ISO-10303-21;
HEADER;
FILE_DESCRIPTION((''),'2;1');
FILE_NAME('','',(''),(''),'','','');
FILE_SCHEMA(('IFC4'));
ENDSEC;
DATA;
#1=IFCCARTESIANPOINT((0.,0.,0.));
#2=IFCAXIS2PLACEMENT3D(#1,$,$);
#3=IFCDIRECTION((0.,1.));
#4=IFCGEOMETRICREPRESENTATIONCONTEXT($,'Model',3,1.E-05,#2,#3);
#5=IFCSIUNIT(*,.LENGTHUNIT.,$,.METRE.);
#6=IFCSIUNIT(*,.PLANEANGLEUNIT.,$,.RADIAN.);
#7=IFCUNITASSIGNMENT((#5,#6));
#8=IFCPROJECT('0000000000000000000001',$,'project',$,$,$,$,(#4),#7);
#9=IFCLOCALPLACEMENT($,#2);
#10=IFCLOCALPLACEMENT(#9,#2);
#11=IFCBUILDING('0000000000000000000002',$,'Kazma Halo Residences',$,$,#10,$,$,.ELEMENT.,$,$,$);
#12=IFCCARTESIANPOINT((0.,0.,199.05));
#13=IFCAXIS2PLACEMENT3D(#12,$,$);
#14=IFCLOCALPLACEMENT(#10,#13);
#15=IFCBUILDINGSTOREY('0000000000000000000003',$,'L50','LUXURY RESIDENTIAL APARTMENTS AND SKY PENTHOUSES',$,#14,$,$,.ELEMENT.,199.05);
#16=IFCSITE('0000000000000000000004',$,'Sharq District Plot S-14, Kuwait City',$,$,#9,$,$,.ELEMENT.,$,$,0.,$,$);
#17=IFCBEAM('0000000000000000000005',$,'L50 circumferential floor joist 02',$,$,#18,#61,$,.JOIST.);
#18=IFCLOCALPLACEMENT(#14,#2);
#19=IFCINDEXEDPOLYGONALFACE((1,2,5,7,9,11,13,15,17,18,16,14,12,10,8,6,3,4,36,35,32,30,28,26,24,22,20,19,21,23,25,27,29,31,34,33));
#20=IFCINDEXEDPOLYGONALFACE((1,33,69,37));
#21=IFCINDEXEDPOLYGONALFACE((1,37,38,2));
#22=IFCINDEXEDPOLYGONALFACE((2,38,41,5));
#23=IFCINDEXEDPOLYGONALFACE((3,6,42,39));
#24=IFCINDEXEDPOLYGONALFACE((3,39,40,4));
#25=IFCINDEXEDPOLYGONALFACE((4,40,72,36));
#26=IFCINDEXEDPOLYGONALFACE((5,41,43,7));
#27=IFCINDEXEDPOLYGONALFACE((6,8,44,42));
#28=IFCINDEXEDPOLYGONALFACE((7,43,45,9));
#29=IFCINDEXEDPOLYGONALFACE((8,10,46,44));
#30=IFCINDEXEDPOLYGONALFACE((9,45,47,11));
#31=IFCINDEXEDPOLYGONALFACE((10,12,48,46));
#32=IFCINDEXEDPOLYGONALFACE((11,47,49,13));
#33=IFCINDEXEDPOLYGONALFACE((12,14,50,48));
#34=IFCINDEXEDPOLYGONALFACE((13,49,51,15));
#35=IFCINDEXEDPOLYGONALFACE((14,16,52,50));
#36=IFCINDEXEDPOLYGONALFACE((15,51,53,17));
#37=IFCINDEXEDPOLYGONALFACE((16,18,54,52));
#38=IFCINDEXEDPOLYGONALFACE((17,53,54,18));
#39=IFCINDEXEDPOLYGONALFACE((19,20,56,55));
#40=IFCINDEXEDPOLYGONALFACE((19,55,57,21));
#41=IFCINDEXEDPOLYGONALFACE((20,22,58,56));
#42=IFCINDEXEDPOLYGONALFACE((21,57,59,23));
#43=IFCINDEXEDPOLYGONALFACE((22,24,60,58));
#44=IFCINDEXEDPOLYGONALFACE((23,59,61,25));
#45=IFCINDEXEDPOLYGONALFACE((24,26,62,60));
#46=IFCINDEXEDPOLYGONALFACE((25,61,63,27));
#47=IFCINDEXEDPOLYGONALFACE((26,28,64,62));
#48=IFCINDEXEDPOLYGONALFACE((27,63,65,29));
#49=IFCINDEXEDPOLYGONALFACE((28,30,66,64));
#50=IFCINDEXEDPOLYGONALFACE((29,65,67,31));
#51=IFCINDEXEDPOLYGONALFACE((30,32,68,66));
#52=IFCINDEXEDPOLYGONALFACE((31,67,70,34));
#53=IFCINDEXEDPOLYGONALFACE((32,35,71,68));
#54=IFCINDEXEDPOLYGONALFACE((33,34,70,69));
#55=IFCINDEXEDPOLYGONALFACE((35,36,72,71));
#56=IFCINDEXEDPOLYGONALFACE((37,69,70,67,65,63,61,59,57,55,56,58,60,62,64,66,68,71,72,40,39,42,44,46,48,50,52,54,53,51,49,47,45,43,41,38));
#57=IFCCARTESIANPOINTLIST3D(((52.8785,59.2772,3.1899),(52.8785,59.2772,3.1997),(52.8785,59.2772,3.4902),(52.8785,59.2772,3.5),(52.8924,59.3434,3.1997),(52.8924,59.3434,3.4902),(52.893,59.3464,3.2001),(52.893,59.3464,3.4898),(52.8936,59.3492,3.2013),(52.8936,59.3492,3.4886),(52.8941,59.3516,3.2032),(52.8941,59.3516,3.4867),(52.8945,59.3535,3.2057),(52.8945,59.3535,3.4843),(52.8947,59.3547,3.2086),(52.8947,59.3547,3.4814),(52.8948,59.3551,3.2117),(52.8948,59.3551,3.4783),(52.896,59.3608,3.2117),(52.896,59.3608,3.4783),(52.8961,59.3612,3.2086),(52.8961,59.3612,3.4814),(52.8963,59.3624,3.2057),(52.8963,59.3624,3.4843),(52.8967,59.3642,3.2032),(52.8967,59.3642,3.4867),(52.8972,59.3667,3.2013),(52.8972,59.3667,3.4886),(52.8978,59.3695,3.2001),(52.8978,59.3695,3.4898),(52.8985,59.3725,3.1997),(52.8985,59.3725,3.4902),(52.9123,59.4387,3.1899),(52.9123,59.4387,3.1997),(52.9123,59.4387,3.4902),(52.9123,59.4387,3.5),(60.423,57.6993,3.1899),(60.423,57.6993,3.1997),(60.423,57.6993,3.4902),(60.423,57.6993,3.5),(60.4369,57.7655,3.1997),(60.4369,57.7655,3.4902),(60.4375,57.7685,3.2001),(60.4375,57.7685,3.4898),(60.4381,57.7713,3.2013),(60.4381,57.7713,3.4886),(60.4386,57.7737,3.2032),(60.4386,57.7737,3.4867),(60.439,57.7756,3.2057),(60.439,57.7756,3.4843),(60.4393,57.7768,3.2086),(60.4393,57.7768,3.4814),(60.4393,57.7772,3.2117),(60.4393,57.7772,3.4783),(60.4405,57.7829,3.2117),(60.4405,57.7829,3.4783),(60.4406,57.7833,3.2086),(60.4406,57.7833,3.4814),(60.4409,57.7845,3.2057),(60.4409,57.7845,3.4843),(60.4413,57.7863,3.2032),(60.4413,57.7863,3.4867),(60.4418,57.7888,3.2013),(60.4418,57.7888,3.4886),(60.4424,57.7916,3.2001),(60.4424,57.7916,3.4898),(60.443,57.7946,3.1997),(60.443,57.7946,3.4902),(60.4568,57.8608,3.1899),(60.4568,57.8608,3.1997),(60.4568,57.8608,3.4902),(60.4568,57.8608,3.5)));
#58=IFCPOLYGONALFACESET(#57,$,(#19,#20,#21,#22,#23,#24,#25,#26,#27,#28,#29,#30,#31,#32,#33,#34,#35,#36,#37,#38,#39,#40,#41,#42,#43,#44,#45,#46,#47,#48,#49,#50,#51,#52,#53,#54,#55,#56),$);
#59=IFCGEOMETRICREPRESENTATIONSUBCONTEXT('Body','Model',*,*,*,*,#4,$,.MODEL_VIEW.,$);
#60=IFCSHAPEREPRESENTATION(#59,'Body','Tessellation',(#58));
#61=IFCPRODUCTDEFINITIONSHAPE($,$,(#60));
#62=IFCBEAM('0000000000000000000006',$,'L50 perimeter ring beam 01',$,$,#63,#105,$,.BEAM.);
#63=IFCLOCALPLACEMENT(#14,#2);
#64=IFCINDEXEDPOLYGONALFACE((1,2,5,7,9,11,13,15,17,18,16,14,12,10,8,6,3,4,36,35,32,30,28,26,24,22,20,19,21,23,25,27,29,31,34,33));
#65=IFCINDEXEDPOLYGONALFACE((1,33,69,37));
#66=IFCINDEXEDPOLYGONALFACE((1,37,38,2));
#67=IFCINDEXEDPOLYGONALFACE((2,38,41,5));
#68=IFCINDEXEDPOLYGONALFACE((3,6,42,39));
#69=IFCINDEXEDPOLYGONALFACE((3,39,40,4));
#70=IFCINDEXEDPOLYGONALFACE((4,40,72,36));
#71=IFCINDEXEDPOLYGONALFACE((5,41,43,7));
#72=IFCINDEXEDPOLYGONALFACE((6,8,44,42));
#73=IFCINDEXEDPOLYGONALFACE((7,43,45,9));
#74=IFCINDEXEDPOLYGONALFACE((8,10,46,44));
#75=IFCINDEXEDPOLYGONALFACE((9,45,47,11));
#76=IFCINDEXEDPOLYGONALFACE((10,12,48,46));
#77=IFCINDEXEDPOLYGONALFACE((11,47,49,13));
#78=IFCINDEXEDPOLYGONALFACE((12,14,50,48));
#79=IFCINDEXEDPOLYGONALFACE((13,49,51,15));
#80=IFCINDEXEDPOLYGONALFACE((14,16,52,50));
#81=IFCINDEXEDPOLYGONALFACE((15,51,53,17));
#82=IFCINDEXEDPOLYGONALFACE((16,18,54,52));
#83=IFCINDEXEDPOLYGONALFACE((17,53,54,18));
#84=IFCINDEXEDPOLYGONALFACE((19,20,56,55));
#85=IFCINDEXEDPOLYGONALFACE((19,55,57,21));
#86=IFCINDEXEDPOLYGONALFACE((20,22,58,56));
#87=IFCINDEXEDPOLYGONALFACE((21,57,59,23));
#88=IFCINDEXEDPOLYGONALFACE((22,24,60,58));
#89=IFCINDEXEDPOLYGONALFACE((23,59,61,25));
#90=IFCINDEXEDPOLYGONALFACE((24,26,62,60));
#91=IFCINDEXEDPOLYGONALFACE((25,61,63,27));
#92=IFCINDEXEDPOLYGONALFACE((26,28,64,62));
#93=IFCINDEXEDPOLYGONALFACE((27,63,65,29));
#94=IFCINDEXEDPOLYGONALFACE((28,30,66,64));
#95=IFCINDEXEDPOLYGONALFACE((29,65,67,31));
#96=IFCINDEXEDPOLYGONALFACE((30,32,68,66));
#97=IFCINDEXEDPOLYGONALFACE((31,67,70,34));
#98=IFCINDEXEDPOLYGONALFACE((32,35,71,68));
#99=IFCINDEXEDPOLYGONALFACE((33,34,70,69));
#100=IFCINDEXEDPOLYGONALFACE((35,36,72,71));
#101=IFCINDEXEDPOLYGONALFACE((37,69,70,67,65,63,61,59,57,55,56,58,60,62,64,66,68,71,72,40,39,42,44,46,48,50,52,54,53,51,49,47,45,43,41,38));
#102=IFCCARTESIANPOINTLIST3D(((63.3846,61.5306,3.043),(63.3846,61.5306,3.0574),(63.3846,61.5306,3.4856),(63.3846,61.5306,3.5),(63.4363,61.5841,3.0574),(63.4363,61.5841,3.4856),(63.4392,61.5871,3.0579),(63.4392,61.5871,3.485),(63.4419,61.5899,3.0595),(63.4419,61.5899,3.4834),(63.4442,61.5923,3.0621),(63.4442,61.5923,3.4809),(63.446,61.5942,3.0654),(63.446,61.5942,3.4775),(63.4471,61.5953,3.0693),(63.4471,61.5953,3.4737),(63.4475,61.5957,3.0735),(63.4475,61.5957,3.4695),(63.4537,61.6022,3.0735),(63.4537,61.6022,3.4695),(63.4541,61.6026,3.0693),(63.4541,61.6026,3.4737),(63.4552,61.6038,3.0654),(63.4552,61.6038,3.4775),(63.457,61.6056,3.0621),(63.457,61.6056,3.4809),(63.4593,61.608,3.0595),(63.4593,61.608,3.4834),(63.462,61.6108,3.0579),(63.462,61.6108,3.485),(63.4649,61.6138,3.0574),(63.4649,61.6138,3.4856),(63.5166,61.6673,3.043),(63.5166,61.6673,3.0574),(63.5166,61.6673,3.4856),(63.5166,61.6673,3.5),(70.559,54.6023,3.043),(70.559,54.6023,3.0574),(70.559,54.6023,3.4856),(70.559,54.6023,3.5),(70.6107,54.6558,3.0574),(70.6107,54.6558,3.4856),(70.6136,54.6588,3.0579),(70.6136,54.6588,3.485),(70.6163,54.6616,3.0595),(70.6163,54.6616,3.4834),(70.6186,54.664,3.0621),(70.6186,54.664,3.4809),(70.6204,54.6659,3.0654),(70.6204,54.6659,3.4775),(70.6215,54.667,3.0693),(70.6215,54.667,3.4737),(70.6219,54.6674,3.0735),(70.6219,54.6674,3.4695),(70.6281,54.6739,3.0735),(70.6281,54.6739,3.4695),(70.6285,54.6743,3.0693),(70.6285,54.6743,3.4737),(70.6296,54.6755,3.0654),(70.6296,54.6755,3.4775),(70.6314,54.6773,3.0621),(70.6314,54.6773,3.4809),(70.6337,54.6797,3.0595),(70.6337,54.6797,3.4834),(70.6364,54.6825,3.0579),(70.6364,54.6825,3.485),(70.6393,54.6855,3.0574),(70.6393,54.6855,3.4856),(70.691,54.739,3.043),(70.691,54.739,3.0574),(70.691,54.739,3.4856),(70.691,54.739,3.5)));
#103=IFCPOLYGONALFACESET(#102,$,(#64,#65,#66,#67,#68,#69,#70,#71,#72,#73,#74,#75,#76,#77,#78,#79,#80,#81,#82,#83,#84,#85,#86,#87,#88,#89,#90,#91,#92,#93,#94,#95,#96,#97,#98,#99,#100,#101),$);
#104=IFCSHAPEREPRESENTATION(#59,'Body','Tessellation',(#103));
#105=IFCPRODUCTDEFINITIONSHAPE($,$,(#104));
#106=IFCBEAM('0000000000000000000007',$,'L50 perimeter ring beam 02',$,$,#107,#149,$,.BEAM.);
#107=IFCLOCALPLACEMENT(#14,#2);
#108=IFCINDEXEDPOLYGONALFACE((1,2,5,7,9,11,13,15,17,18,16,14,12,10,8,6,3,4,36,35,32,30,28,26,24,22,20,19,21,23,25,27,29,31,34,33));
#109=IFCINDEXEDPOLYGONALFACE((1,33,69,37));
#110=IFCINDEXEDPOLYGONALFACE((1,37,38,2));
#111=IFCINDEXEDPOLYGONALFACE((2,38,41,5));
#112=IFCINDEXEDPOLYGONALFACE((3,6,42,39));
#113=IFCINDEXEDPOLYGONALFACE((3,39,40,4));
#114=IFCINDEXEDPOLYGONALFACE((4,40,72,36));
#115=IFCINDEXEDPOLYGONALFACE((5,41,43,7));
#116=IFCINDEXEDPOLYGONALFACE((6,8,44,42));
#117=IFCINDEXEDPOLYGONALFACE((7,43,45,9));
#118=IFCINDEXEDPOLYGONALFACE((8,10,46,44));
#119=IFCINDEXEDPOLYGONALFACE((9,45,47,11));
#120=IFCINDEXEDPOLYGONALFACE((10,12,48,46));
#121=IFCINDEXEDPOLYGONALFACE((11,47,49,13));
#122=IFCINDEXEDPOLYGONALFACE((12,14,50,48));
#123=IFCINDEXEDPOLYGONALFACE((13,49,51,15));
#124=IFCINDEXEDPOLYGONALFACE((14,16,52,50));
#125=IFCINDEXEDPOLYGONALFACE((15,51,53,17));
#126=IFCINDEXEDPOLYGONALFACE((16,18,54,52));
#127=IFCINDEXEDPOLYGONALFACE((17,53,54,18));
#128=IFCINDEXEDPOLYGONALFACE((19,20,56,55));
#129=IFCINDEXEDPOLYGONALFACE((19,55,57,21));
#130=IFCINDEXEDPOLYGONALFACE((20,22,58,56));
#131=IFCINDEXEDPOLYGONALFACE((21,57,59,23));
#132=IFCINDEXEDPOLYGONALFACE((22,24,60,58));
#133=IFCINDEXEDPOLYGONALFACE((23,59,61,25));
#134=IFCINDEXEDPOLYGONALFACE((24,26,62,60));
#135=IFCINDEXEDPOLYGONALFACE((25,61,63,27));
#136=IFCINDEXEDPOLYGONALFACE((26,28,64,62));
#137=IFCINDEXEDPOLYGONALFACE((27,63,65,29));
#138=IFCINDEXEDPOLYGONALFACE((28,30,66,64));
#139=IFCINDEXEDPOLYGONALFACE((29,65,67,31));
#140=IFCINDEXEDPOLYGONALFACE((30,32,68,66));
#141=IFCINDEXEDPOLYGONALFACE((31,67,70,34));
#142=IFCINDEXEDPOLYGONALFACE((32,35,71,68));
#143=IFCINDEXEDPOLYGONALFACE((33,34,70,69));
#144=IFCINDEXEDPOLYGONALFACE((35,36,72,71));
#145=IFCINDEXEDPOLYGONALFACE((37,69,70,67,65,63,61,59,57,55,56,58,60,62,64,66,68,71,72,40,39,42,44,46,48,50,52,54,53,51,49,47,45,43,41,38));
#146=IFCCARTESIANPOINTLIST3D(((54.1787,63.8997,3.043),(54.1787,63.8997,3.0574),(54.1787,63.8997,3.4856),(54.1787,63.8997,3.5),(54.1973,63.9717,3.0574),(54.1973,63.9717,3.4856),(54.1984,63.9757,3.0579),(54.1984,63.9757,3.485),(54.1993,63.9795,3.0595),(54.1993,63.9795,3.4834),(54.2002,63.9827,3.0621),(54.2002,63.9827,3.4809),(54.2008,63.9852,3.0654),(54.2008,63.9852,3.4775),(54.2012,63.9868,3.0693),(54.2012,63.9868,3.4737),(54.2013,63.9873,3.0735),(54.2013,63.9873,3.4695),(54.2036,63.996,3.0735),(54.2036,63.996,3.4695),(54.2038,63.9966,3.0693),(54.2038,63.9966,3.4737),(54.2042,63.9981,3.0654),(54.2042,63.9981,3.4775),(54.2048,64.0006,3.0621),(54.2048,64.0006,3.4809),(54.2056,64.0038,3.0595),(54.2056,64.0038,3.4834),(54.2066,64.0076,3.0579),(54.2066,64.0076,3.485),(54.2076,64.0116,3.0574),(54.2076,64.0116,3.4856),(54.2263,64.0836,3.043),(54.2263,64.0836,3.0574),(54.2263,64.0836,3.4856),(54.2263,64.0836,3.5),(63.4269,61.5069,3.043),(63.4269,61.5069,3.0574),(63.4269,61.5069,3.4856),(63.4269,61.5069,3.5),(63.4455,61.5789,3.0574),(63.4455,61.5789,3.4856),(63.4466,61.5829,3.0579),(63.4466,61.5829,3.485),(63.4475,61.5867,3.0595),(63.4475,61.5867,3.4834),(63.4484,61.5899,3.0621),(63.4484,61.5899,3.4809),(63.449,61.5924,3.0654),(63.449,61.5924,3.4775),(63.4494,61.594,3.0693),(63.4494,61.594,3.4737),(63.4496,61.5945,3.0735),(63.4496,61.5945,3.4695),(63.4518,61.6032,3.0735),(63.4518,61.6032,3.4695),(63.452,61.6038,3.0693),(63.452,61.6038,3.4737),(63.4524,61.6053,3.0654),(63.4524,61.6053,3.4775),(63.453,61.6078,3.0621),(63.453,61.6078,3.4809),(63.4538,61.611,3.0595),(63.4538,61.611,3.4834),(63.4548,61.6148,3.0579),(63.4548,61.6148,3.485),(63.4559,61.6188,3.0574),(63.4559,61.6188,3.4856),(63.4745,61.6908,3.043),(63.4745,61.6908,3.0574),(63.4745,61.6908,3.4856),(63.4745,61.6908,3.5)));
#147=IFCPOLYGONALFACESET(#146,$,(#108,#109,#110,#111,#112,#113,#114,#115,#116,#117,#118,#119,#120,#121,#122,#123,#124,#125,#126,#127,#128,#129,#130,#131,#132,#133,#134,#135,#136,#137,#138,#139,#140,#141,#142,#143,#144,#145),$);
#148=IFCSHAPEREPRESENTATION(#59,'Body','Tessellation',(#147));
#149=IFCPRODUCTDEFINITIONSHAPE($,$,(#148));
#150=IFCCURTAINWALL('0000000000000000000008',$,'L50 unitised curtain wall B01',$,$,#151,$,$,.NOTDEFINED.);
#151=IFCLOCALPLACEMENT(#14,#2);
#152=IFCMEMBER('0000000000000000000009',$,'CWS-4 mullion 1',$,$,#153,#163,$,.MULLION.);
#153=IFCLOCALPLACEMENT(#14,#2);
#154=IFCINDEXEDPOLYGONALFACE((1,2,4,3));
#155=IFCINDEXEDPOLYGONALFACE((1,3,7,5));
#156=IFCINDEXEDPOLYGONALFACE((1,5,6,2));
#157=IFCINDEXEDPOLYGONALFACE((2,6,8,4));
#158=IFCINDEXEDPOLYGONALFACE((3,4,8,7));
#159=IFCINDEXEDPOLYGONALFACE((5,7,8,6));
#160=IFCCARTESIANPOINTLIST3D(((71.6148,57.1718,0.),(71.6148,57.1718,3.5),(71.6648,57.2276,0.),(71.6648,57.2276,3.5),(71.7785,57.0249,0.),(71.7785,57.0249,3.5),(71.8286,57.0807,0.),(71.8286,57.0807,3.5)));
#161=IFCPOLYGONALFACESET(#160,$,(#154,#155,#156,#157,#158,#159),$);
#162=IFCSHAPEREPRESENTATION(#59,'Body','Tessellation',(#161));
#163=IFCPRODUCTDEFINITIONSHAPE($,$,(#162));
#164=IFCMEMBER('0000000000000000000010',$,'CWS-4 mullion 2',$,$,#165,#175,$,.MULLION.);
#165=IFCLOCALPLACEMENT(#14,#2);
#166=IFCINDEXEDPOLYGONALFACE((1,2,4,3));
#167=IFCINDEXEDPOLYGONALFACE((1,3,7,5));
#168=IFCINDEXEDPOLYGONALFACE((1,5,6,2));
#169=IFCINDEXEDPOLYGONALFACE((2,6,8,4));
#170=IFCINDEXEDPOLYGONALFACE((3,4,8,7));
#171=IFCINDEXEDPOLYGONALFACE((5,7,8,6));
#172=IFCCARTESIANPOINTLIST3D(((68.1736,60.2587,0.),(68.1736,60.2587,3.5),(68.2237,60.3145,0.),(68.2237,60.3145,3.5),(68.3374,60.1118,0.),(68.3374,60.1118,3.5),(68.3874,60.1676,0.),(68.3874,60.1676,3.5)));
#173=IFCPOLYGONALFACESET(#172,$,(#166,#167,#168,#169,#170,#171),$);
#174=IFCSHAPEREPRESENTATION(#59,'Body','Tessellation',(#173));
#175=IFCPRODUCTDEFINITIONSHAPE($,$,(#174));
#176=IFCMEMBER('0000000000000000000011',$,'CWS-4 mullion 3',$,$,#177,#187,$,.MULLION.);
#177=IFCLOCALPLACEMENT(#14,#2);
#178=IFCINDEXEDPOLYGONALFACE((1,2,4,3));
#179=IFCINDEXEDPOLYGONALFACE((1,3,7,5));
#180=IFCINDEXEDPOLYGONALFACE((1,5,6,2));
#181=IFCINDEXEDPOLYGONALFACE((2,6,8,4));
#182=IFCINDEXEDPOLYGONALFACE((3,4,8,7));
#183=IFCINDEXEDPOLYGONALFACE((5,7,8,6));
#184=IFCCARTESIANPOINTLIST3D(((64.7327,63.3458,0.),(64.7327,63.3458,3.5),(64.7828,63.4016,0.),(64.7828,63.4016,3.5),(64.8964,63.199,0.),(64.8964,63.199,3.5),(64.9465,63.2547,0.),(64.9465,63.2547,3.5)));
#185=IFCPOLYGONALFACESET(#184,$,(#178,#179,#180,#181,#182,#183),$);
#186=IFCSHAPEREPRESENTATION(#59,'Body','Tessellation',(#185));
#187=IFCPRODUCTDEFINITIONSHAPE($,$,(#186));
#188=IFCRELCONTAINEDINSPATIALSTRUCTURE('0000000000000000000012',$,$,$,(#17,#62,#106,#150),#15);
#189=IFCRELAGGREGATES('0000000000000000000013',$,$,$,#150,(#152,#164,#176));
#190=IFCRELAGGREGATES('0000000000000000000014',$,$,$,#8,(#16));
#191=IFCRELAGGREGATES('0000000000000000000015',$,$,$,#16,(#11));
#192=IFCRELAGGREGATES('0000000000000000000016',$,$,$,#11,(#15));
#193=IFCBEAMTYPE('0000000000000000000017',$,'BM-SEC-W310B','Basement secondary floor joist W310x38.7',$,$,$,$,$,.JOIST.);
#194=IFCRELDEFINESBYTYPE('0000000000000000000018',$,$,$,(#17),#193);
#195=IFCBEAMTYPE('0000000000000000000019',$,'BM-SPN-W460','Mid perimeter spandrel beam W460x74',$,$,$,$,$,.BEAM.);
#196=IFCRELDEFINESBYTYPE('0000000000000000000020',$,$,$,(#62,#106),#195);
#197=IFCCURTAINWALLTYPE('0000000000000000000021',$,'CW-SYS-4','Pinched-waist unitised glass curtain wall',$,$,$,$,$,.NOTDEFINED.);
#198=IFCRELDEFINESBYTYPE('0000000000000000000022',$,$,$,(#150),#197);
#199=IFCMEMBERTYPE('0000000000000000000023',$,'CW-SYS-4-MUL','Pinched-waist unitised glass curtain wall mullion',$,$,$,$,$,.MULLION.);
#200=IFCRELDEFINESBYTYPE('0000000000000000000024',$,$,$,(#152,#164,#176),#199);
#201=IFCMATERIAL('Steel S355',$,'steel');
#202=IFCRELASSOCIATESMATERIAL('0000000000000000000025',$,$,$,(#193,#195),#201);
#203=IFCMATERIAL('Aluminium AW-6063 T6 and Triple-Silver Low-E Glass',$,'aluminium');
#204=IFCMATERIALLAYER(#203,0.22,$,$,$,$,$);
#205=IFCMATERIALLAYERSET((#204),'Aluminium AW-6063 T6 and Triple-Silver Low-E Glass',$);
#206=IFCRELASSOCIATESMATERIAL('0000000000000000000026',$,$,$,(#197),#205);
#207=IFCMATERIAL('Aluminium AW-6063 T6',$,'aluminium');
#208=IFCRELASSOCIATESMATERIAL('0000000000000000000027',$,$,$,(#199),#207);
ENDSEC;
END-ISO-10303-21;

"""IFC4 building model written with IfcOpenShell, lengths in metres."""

from ifc_helpers import new_model, si_unit, direction, frame, origin, origin_2d, place, context, subcontext, project, spatial, rectangle, i_section, extrude, material, layer, layer_set, material_profile, profile_set, type_object, element, aggregate, save


model = new_model("IFC4")

# Units and contexts
model_context = context("Model", 3, precision=1e-05, world=origin(), true_north=direction((0.0, 1.0)))
body_context = subcontext(model_context, "Body", "Model", "MODEL_VIEW")
ifc_project = project(units=[si_unit("LENGTHUNIT", "METRE"), si_unit("PLANEANGLEUNIT", "RADIAN")], contexts=[model_context])

# Site, building, storey
site_placement = place(None, origin())
site = spatial("IfcSite", under=ifc_project, at=site_placement, Name="Sharq District Plot S-14, Kuwait City", CompositionType="ELEMENT", RefElevation=0.0)
building_placement = place(site_placement, origin())
building = spatial("IfcBuilding", under=site, at=building_placement, Name="Kazma Halo Residences", CompositionType="ELEMENT")
storey_placement = place(building_placement, frame((0.0, 0.0, 199.05)))
storey = spatial("IfcBuildingStorey", under=building, at=storey_placement, Name="L50", Description="LUXURY RESIDENTIAL APARTMENTS AND SKY PENTHOUSES", CompositionType="ELEMENT", Elevation=199.05)

# Beams
ifc_material_1 = material(Name="Steel S355", Category="steel")
ifc_material_profile_1 = material_profile(ifc_material_1, i_section(OverallWidth=0.165, OverallDepth=0.3101, WebThickness=0.0059, FlangeThickness=0.0098, FilletRadius=0.012, at=origin_2d()), Name="W310x38.7")
ifc_profile_set_1 = profile_set([ifc_material_profile_1], Name="Steel S355")
beam_type_1 = type_object("IfcBeamType", Name="BM-SEC-W310B", Description="Basement secondary floor joist W310x38.7", PredefinedType="JOIST", material=ifc_profile_set_1)
beam_1_placement = place(storey_placement, frame((60.4399, 57.78, 3.345), z_axis=(-0.978821, 0.204716, 0.0), x_axis=(-0.204716, -0.978821, 0.0)))
element("IfcBeam", 1, at=beam_1_placement, inside=storey, type_object=beam_type_1, Name="L50 circumferential floor joist 02", PredefinedType="JOIST", context=body_context, shape_type="SweptSolid", body=[
    extrude(i_section(OverallWidth=0.165, OverallDepth=0.3101, WebThickness=0.0059, FlangeThickness=0.0098, FilletRadius=0.012, at=origin_2d()), origin(), (0.0, 0.0, 1.0), 7.7078),
])
ifc_material_profile_2 = material_profile(ifc_material_1, i_section(OverallWidth=0.1899, OverallDepth=0.457, WebThickness=0.009, FlangeThickness=0.0144, FilletRadius=0.0161, at=origin_2d()), Name="W460x74")
ifc_profile_set_2 = profile_set([ifc_material_profile_2], Name="Steel S355")
beam_type_2 = type_object("IfcBeamType", Name="BM-SPN-W460", Description="Mid perimeter spandrel beam W460x74", PredefinedType="BEAM", material=ifc_profile_set_2)
beam_2_placement = place(storey_placement, frame((70.625, 54.6707, 3.2715), z_axis=(-0.719337, 0.694662, 0.0), x_axis=(-0.694662, -0.719337, 0.0)))
element("IfcBeam", 2, at=beam_2_placement, inside=storey, type_object=beam_type_2, Name="L50 perimeter ring beam 01", PredefinedType="BEAM", context=body_context, shape_type="SweptSolid", body=[
    extrude(i_section(OverallWidth=0.1899, OverallDepth=0.457, WebThickness=0.009, FlangeThickness=0.0144, FilletRadius=0.0161, at=origin_2d()), origin(), (0.0, 0.0, 1.0), 9.9736),
])
beam_3_placement = place(storey_placement, frame((63.4507, 61.5989, 3.2715), z_axis=(-0.968121, 0.250483, 0.0), x_axis=(-0.250483, -0.968121, 0.0)))
element("IfcBeam", 3, at=beam_3_placement, inside=storey, type_object=beam_type_2, Name="L50 perimeter ring beam 02", PredefinedType="BEAM", context=body_context, shape_type="SweptSolid", body=[
    extrude(i_section(OverallWidth=0.1899, OverallDepth=0.457, WebThickness=0.009, FlangeThickness=0.0144, FilletRadius=0.0161, at=origin_2d()), origin(), (0.0, 0.0, 1.0), 9.5527),
])

# Curtain wall, members
ifc_material_2 = material(Name="Aluminium AW-6063 T6 and Triple-Silver Low-E Glass", Category="aluminium")
ifc_layer_1 = layer(ifc_material_2, 0.22)
ifc_layer_set_1 = layer_set([ifc_layer_1], Name="Aluminium AW-6063 T6 and Triple-Silver Low-E Glass")
curtain_wall_type = type_object("IfcCurtainWallType", Name="CW-SYS-4", Description="Pinched-waist unitised glass curtain wall", PredefinedType="NOTDEFINED", material=ifc_layer_set_1)
curtain_wall_1_placement = place(storey_placement, origin())
curtain_wall_1 = element("IfcCurtainWall", 4, at=curtain_wall_1_placement, inside=storey, type_object=curtain_wall_type, Name="L50 unitised curtain wall B01", PredefinedType="NOTDEFINED")
ifc_material_3 = material(Name="Aluminium AW-6063 T6", Category="aluminium")
ifc_material_profile_3 = material_profile(ifc_material_3, rectangle(XDim=0.075, YDim=0.22, at=origin_2d()), Name="CWM-75x220")
ifc_profile_set_3 = profile_set([ifc_material_profile_3], Name="Aluminium AW-6063 T6")
member_type_1 = type_object("IfcMemberType", Name="CW-SYS-4-MUL", Description="Pinched-waist unitised glass curtain wall mullion", PredefinedType="MULLION", material=ifc_profile_set_3)
member_1_placement = place(storey_placement, frame((71.7217, 57.1262, 0.0), z_axis=(0.0, 0.0, 1.0), x_axis=(-0.667784, -0.744355, 0.0)))
member_1 = element("IfcMember", 5, at=member_1_placement, type_object=member_type_1, Name="CWS-4 mullion 1", PredefinedType="MULLION", context=body_context, shape_type="SweptSolid", body=[
    extrude(rectangle(XDim=0.075, YDim=0.22, at=origin_2d()), origin(), (0.0, 0.0, 1.0), 3.5),
])
member_2_placement = place(storey_placement, frame((68.2805, 60.2131, 0.0), z_axis=(0.0, 0.0, 1.0), x_axis=(-0.667784, -0.744355, 0.0)))
member_2 = element("IfcMember", 6, at=member_2_placement, type_object=member_type_1, Name="CWS-4 mullion 2", PredefinedType="MULLION", context=body_context, shape_type="SweptSolid", body=[
    extrude(rectangle(XDim=0.075, YDim=0.22, at=origin_2d()), origin(), (0.0, 0.0, 1.0), 3.5),
])
member_3_placement = place(storey_placement, frame((64.8396, 63.3003, 0.0), z_axis=(0.0, 0.0, 1.0), x_axis=(-0.667784, -0.744355, 0.0)))
member_3 = element("IfcMember", 7, at=member_3_placement, type_object=member_type_1, Name="CWS-4 mullion 3", PredefinedType="MULLION", context=body_context, shape_type="SweptSolid", body=[
    extrude(rectangle(XDim=0.075, YDim=0.22, at=origin_2d()), origin(), (0.0, 0.0, 1.0), 3.5),
])

aggregate(curtain_wall_1, [member_1, member_2, member_3])

save(model, "model.ifc")
